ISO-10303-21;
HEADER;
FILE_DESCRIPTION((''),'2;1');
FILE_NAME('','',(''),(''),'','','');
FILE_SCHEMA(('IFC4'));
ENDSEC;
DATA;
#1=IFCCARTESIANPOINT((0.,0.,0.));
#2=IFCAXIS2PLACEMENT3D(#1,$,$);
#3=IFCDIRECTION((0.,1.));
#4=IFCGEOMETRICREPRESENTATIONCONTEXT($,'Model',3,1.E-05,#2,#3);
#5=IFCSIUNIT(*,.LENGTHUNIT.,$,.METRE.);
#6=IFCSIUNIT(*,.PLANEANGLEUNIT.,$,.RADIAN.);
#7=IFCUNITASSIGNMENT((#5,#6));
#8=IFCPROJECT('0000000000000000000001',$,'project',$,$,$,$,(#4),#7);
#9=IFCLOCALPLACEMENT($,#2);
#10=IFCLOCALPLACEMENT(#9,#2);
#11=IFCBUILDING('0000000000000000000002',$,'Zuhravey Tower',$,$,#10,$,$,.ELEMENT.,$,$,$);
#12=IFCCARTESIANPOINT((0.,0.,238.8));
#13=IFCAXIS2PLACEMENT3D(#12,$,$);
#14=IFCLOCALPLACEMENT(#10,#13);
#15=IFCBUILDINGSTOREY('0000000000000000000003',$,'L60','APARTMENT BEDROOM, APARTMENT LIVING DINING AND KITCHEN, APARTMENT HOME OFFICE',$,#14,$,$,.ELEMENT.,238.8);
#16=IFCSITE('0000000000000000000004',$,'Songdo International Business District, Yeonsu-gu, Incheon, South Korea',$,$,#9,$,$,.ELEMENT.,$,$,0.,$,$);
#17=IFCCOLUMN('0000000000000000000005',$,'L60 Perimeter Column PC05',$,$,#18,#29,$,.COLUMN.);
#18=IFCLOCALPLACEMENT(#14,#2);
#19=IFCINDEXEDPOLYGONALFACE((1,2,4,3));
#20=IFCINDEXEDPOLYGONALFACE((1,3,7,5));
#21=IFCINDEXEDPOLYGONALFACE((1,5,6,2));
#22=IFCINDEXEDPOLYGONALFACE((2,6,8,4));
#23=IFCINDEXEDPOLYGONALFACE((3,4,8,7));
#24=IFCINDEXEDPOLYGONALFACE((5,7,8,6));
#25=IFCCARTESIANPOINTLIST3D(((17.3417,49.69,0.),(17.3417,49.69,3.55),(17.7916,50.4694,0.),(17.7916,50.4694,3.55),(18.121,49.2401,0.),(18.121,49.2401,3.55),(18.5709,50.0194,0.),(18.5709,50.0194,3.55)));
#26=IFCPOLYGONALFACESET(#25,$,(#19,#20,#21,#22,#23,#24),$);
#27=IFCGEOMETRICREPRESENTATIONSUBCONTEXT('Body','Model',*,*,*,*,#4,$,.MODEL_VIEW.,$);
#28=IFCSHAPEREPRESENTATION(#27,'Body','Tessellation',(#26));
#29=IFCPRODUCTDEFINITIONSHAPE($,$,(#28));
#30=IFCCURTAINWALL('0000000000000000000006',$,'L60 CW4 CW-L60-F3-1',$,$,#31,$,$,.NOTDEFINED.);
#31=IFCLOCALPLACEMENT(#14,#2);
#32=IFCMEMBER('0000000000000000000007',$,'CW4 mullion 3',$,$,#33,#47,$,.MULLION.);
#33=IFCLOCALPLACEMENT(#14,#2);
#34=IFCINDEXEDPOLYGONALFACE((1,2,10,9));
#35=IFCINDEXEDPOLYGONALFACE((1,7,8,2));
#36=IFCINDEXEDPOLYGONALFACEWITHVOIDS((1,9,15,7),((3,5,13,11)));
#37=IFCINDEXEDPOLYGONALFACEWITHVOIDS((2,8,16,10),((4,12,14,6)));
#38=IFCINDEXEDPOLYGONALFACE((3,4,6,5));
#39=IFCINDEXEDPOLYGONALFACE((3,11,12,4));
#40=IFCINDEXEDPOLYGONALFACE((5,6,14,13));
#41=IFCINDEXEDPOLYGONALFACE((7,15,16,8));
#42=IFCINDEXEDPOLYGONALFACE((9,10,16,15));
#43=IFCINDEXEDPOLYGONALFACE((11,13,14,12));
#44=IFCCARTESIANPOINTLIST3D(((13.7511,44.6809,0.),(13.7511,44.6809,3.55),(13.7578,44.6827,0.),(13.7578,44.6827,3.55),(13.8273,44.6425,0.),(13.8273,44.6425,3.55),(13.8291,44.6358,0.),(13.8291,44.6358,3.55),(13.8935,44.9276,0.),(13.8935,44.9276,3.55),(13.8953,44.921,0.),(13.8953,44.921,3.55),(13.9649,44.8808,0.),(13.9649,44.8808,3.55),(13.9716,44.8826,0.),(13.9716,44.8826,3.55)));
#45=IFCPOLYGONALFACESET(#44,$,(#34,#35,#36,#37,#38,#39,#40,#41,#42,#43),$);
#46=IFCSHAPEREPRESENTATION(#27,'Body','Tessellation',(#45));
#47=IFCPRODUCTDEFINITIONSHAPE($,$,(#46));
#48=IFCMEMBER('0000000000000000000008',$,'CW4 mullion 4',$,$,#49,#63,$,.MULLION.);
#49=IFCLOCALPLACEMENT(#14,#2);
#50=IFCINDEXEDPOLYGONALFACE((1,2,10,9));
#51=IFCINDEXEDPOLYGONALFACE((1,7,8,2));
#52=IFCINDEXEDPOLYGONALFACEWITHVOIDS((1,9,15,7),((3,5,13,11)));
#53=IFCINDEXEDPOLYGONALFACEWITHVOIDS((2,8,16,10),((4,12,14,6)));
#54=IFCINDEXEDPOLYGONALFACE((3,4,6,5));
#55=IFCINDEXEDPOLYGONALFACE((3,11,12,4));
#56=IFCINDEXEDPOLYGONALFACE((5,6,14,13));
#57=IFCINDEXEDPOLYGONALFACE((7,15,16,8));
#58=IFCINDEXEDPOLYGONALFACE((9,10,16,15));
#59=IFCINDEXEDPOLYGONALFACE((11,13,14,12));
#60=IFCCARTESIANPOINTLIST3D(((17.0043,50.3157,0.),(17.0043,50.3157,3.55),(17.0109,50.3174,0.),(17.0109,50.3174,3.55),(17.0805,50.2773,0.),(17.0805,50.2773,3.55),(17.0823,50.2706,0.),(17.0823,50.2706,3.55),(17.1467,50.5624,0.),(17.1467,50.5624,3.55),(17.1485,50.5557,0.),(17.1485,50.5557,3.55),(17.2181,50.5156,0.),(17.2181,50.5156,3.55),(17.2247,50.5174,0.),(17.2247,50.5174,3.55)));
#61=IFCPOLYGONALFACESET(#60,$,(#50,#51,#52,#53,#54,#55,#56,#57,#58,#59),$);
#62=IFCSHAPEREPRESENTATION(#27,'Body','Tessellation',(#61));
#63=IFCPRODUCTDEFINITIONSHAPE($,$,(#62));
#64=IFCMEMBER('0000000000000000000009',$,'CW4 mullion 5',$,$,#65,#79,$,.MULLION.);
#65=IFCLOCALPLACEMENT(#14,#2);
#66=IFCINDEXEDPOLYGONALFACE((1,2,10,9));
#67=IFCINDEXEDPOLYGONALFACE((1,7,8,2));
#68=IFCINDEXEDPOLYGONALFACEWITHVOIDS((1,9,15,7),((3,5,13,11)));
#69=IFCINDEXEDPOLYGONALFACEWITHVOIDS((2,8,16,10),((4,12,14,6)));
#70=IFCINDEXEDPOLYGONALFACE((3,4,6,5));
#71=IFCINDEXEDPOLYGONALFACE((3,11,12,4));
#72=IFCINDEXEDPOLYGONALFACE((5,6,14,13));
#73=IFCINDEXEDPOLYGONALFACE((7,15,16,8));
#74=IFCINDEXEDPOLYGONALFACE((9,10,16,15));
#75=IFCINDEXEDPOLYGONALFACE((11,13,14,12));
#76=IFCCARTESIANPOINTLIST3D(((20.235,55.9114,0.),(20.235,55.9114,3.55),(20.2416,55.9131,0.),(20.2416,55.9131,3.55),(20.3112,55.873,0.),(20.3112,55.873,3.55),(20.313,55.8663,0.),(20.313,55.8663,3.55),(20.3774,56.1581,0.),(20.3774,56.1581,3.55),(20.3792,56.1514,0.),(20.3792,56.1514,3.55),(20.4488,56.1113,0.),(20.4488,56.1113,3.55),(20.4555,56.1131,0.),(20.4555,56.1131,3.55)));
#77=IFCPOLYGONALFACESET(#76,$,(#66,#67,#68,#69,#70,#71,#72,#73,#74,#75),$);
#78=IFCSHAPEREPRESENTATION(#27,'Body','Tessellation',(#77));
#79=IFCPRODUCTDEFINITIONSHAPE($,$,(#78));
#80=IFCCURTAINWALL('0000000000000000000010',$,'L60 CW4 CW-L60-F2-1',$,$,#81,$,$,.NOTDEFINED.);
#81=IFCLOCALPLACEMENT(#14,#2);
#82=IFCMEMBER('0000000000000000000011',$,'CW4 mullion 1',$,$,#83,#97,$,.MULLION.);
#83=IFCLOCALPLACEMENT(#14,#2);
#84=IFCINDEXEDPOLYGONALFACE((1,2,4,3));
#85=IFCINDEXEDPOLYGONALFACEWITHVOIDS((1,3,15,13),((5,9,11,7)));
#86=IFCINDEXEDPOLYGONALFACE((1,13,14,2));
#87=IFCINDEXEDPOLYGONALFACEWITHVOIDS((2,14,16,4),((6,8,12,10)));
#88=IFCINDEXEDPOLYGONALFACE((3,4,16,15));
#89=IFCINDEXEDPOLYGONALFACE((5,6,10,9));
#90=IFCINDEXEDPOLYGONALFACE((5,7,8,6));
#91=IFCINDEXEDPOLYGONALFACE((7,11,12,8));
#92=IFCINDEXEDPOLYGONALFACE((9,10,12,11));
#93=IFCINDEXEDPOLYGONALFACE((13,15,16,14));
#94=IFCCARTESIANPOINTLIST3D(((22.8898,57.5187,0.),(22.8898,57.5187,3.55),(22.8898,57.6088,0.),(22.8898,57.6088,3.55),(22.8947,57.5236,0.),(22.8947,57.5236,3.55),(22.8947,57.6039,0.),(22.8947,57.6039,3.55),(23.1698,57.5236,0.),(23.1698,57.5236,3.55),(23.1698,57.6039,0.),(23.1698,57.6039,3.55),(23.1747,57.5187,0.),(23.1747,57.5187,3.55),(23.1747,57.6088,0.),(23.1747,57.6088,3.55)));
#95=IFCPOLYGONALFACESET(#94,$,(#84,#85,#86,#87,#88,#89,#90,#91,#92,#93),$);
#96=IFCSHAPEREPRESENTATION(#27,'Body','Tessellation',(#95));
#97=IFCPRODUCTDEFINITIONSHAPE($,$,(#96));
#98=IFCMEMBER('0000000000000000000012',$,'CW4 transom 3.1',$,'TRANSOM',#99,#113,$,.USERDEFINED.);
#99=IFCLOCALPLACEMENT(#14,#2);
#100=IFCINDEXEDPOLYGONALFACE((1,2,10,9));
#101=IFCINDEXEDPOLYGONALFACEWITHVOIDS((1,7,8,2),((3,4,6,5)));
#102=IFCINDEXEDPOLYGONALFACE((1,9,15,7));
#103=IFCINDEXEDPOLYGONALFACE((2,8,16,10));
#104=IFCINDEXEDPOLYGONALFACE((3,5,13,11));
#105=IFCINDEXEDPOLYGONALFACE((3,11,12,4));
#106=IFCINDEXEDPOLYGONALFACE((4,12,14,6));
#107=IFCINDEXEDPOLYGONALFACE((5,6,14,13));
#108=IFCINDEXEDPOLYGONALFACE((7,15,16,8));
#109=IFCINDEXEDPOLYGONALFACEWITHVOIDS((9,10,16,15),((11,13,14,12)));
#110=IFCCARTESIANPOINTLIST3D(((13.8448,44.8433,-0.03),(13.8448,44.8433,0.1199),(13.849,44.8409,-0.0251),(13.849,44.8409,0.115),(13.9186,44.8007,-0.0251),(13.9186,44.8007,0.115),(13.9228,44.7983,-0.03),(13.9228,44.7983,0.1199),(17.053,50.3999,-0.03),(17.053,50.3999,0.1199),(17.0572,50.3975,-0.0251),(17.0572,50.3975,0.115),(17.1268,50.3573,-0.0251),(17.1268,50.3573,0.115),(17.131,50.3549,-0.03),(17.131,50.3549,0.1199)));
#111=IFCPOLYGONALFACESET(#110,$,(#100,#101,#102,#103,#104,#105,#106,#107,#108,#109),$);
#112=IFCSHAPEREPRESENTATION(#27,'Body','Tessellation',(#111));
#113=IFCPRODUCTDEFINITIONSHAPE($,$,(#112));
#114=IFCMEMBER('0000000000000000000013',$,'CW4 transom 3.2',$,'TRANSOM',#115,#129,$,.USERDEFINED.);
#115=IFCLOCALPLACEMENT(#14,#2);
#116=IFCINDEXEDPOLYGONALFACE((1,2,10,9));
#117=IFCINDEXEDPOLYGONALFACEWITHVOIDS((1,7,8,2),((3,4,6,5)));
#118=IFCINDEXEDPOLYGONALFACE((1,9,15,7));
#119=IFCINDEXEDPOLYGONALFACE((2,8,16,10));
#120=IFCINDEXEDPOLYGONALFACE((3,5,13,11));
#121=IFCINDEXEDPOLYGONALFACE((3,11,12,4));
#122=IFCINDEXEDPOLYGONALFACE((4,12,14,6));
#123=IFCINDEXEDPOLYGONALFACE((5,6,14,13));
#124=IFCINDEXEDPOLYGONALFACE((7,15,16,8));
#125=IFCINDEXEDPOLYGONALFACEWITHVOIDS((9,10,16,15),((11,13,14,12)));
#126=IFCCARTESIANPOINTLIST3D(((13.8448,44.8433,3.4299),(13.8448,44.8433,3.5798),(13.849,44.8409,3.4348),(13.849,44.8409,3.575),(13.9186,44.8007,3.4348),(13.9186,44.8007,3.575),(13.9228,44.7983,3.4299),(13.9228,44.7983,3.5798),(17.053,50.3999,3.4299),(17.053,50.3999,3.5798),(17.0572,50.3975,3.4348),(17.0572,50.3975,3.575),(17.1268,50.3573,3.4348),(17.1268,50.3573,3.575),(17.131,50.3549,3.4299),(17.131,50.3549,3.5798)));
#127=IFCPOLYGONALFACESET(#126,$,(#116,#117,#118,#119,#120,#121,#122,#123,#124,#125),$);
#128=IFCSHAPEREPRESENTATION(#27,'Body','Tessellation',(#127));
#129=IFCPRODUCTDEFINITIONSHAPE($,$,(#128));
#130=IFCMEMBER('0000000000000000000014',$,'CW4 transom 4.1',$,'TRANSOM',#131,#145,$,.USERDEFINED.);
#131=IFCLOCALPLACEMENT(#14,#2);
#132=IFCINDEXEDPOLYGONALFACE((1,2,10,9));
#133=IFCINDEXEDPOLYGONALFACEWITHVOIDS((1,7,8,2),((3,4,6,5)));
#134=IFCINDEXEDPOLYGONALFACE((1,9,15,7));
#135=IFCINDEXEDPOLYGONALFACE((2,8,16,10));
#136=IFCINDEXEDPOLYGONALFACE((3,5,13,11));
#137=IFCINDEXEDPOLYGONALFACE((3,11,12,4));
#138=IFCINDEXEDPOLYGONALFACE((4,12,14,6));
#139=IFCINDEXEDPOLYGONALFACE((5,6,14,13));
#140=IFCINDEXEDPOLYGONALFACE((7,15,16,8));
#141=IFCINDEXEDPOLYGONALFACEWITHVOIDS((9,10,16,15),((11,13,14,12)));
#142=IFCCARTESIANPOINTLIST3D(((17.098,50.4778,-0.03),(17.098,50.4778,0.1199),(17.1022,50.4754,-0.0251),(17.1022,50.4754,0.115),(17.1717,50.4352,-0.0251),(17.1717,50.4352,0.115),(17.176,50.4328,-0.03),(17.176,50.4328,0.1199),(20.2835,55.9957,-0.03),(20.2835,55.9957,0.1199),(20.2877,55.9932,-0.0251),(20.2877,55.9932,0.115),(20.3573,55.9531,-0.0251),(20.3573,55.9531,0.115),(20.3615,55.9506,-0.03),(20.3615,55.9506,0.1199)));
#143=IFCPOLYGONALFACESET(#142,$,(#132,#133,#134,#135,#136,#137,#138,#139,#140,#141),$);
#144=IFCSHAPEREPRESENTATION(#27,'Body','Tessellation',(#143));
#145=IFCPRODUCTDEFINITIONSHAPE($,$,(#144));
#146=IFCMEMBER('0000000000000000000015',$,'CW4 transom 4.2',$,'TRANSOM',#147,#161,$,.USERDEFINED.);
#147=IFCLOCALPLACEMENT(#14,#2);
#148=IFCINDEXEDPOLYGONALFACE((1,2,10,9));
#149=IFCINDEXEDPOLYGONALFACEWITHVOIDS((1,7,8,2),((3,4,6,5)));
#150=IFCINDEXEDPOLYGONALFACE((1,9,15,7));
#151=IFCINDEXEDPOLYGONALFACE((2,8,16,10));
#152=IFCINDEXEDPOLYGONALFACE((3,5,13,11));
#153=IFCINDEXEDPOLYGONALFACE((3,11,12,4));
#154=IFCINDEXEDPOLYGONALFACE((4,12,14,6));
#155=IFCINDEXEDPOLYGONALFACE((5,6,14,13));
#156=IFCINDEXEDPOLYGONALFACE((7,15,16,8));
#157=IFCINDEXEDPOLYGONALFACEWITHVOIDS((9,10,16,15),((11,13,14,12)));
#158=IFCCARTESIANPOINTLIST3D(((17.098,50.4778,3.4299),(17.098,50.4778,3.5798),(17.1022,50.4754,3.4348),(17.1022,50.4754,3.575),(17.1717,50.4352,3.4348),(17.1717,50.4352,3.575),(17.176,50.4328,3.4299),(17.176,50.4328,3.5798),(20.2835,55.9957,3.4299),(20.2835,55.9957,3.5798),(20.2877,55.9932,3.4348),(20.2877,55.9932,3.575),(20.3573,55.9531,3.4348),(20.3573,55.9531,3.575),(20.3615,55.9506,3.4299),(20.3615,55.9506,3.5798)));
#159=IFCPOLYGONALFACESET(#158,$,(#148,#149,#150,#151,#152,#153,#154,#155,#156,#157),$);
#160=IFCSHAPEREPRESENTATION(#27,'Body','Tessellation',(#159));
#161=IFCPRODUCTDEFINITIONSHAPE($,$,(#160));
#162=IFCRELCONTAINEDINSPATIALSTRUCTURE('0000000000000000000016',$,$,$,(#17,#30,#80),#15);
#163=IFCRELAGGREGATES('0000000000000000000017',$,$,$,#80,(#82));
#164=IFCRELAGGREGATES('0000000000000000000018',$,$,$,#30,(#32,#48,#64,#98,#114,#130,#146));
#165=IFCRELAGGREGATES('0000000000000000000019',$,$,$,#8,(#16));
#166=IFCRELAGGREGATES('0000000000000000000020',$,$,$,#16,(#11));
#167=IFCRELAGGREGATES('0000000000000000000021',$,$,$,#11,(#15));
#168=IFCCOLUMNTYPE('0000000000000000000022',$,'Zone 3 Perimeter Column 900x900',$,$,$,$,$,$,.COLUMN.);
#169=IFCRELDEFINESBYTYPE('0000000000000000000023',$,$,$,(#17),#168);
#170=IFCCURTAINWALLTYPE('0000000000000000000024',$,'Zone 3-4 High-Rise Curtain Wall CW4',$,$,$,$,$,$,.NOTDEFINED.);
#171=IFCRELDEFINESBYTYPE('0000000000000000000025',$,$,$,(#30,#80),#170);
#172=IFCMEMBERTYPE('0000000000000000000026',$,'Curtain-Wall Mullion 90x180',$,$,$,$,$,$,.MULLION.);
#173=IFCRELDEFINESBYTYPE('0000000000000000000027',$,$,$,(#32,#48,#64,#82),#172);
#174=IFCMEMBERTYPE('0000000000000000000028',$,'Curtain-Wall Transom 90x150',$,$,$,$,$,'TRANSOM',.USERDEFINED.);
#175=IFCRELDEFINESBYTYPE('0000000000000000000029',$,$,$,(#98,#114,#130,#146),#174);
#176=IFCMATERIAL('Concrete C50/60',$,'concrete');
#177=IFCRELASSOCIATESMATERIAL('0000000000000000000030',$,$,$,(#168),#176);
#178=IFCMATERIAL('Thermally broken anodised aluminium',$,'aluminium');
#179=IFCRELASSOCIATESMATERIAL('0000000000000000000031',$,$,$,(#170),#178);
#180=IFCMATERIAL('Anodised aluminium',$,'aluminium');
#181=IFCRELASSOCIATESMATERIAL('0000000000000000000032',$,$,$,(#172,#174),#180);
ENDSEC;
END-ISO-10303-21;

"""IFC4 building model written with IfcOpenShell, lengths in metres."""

from ifc_helpers import new_model, si_unit, direction, frame, origin, origin_2d, place, context, subcontext, project, spatial, rectangle, hollow_rectangle, extrude, material, material_profile, profile_set, type_object, element, aggregate, save


model = new_model("IFC4")

# Units and contexts
model_context = context("Model", 3, precision=1e-05, world=origin(), true_north=direction((0.0, 1.0)))
body_context = subcontext(model_context, "Body", "Model", "MODEL_VIEW")
ifc_project = project(units=[si_unit("LENGTHUNIT", "METRE"), si_unit("PLANEANGLEUNIT", "RADIAN")], contexts=[model_context])

# Site, building, storey
site_placement = place(None, origin())
site = spatial("IfcSite", under=ifc_project, at=site_placement, Name="Songdo International Business District, Yeonsu-gu, Incheon, South Korea", CompositionType="ELEMENT", RefElevation=0.0)
building_placement = place(site_placement, origin())
building = spatial("IfcBuilding", under=site, at=building_placement, Name="Zuhravey Tower", CompositionType="ELEMENT")
storey_placement = place(building_placement, frame((0.0, 0.0, 238.8)))
storey = spatial("IfcBuildingStorey", under=building, at=storey_placement, Name="L60", Description="APARTMENT BEDROOM, APARTMENT LIVING DINING AND KITCHEN, APARTMENT HOME OFFICE", CompositionType="ELEMENT", Elevation=238.8)

# Column
ifc_material_1 = material(Name="Concrete C50/60", Category="concrete")
ifc_material_profile_1 = material_profile(ifc_material_1, rectangle(XDim=0.8999, YDim=0.8999, at=origin_2d()), Name="RC-900x900")
ifc_profile_set_1 = profile_set([ifc_material_profile_1], Name="Concrete C50/60")
column_type = type_object("IfcColumnType", Name="Zone 3 Perimeter Column 900x900", PredefinedType="COLUMN", material=ifc_profile_set_1)
column_placement = place(storey_placement, frame((17.9563, 49.8547, 0.0), z_axis=(0.0, 0.0, 1.0), x_axis=(-0.5, -0.866025, 0.0)))
element("IfcColumn", 1, at=column_placement, inside=storey, type_object=column_type, Name="L60 Perimeter Column PC05", PredefinedType="COLUMN", context=body_context, shape_type="SweptSolid", body=[
    extrude(rectangle(XDim=0.8999, YDim=0.8999, at=origin_2d()), origin(), (0.0, 0.0, 1.0), 3.55),
])

# Curtain wall, members
ifc_material_2 = material(Name="Thermally broken anodised aluminium", Category="aluminium")
curtain_wall_type = type_object("IfcCurtainWallType", Name="Zone 3-4 High-Rise Curtain Wall CW4", PredefinedType="NOTDEFINED", material=ifc_material_2)
curtain_wall_1_placement = place(storey_placement, origin())
curtain_wall_1 = element("IfcCurtainWall", 2, at=curtain_wall_1_placement, inside=storey, type_object=curtain_wall_type, Name="L60 CW4 CW-L60-F3-1", PredefinedType="NOTDEFINED")
ifc_material_3 = material(Name="Anodised aluminium", Category="aluminium")
ifc_material_profile_2 = material_profile(ifc_material_3, hollow_rectangle(XDim=0.0901, YDim=0.2849, WallThickness=0.0049, at=origin_2d()), Name="ALU-RHS-90x285x5")
ifc_profile_set_2 = profile_set([ifc_material_profile_2], Name="Anodised aluminium")
member_type_1 = type_object("IfcMemberType", Name="Curtain-Wall Mullion 90x180", PredefinedType="MULLION", material=ifc_profile_set_2)
member_1_placement = place(storey_placement, frame((13.8613, 44.7817, 0.0), z_axis=(0.0, 0.0, 1.0), x_axis=(-0.866025, 0.500001, 0.0)))
member_1 = element("IfcMember", 3, at=member_1_placement, type_object=member_type_1, Name="CW4 mullion 3", PredefinedType="MULLION", context=body_context, shape_type="SweptSolid", body=[
    extrude(hollow_rectangle(XDim=0.0901, YDim=0.2849, WallThickness=0.0049, at=origin_2d()), origin(), (0.0, 0.0, 1.0), 3.55),
])
member_2_placement = place(storey_placement, frame((17.1145, 50.4165, 0.0), z_axis=(0.0, 0.0, 1.0), x_axis=(-0.866025, 0.500001, 0.0)))
member_2 = element("IfcMember", 4, at=member_2_placement, type_object=member_type_1, Name="CW4 mullion 4", PredefinedType="MULLION", context=body_context, shape_type="SweptSolid", body=[
    extrude(hollow_rectangle(XDim=0.0901, YDim=0.2849, WallThickness=0.0049, at=origin_2d()), origin(), (0.0, 0.0, 1.0), 3.55),
])
member_3_placement = place(storey_placement, frame((20.3452, 56.0122, 0.0), z_axis=(0.0, 0.0, 1.0), x_axis=(-0.866025, 0.500001, 0.0)))
member_3 = element("IfcMember", 5, at=member_3_placement, type_object=member_type_1, Name="CW4 mullion 5", PredefinedType="MULLION", context=body_context, shape_type="SweptSolid", body=[
    extrude(hollow_rectangle(XDim=0.0901, YDim=0.2849, WallThickness=0.0049, at=origin_2d()), origin(), (0.0, 0.0, 1.0), 3.55),
])

# Curtain wall, member
curtain_wall_2_placement = place(storey_placement, origin())
curtain_wall_2 = element("IfcCurtainWall", 6, at=curtain_wall_2_placement, inside=storey, type_object=curtain_wall_type, Name="L60 CW4 CW-L60-F2-1", PredefinedType="NOTDEFINED")
member_4_placement = place(storey_placement, frame((23.0322, 57.5637, 0.0), z_axis=(0.0, 0.0, 1.0), x_axis=(0.0, 1.0, 0.0)))
member_4 = element("IfcMember", 7, at=member_4_placement, type_object=member_type_1, Name="CW4 mullion 1", PredefinedType="MULLION", context=body_context, shape_type="SweptSolid", body=[
    extrude(hollow_rectangle(XDim=0.0901, YDim=0.2849, WallThickness=0.0049, at=origin_2d()), origin(), (0.0, 0.0, 1.0), 3.55),
])
aggregate(curtain_wall_2, [member_4])

# Members
ifc_material_profile_3 = material_profile(ifc_material_3, hollow_rectangle(XDim=0.0901, YDim=0.1499, WallThickness=0.0049, at=origin_2d()), Name="ALU-RHS-90x150x5")
ifc_profile_set_3 = profile_set([ifc_material_profile_3], Name="Anodised aluminium")
member_type_2 = type_object("IfcMemberType", Name="Curtain-Wall Transom 90x150", ElementType="TRANSOM", PredefinedType="USERDEFINED", material=ifc_profile_set_3)
member_5_placement = place(storey_placement, frame((13.8838, 44.8208, 0.0449), z_axis=(0.500014, 0.866017, 0.0), x_axis=(-0.866017, 0.500014, 0.0)))
member_5 = element("IfcMember", 8, at=member_5_placement, type_object=member_type_2, Name="CW4 transom 3.1", ObjectType="TRANSOM", PredefinedType="USERDEFINED", context=body_context, shape_type="SweptSolid", body=[
    extrude(hollow_rectangle(XDim=0.0901, YDim=0.1499, WallThickness=0.0049, at=origin_2d()), origin(), (0.0, 0.0, 1.0), 6.4163),
])
member_6_placement = place(storey_placement, frame((13.8838, 44.8208, 3.5049), z_axis=(0.500014, 0.866017, 0.0), x_axis=(-0.866017, 0.500014, 0.0)))
member_6 = element("IfcMember", 9, at=member_6_placement, type_object=member_type_2, Name="CW4 transom 3.2", ObjectType="TRANSOM", PredefinedType="USERDEFINED", context=body_context, shape_type="SweptSolid", body=[
    extrude(hollow_rectangle(XDim=0.0901, YDim=0.1499, WallThickness=0.0049, at=origin_2d()), origin(), (0.0, 0.0, 1.0), 6.4163),
])
member_7_placement = place(storey_placement, frame((17.137, 50.4553, 0.0449), z_axis=(0.49998, 0.866037, 0.0), x_axis=(-0.866037, 0.49998, 0.0)))
member_7 = element("IfcMember", 10, at=member_7_placement, type_object=member_type_2, Name="CW4 transom 4.1", ObjectType="TRANSOM", PredefinedType="USERDEFINED", context=body_context, shape_type="SweptSolid", body=[
    extrude(hollow_rectangle(XDim=0.0901, YDim=0.1499, WallThickness=0.0049, at=origin_2d()), origin(), (0.0, 0.0, 1.0), 6.3713),
])
member_8_placement = place(storey_placement, frame((17.137, 50.4553, 3.5049), z_axis=(0.49998, 0.866037, 0.0), x_axis=(-0.866037, 0.49998, 0.0)))
member_8 = element("IfcMember", 11, at=member_8_placement, type_object=member_type_2, Name="CW4 transom 4.2", ObjectType="TRANSOM", PredefinedType="USERDEFINED", context=body_context, shape_type="SweptSolid", body=[
    extrude(hollow_rectangle(XDim=0.0901, YDim=0.1499, WallThickness=0.0049, at=origin_2d()), origin(), (0.0, 0.0, 1.0), 6.3713),
])

aggregate(curtain_wall_1, [member_1, member_2, member_3, member_5, member_6, member_7, member_8])

save(model, "model.ifc")
